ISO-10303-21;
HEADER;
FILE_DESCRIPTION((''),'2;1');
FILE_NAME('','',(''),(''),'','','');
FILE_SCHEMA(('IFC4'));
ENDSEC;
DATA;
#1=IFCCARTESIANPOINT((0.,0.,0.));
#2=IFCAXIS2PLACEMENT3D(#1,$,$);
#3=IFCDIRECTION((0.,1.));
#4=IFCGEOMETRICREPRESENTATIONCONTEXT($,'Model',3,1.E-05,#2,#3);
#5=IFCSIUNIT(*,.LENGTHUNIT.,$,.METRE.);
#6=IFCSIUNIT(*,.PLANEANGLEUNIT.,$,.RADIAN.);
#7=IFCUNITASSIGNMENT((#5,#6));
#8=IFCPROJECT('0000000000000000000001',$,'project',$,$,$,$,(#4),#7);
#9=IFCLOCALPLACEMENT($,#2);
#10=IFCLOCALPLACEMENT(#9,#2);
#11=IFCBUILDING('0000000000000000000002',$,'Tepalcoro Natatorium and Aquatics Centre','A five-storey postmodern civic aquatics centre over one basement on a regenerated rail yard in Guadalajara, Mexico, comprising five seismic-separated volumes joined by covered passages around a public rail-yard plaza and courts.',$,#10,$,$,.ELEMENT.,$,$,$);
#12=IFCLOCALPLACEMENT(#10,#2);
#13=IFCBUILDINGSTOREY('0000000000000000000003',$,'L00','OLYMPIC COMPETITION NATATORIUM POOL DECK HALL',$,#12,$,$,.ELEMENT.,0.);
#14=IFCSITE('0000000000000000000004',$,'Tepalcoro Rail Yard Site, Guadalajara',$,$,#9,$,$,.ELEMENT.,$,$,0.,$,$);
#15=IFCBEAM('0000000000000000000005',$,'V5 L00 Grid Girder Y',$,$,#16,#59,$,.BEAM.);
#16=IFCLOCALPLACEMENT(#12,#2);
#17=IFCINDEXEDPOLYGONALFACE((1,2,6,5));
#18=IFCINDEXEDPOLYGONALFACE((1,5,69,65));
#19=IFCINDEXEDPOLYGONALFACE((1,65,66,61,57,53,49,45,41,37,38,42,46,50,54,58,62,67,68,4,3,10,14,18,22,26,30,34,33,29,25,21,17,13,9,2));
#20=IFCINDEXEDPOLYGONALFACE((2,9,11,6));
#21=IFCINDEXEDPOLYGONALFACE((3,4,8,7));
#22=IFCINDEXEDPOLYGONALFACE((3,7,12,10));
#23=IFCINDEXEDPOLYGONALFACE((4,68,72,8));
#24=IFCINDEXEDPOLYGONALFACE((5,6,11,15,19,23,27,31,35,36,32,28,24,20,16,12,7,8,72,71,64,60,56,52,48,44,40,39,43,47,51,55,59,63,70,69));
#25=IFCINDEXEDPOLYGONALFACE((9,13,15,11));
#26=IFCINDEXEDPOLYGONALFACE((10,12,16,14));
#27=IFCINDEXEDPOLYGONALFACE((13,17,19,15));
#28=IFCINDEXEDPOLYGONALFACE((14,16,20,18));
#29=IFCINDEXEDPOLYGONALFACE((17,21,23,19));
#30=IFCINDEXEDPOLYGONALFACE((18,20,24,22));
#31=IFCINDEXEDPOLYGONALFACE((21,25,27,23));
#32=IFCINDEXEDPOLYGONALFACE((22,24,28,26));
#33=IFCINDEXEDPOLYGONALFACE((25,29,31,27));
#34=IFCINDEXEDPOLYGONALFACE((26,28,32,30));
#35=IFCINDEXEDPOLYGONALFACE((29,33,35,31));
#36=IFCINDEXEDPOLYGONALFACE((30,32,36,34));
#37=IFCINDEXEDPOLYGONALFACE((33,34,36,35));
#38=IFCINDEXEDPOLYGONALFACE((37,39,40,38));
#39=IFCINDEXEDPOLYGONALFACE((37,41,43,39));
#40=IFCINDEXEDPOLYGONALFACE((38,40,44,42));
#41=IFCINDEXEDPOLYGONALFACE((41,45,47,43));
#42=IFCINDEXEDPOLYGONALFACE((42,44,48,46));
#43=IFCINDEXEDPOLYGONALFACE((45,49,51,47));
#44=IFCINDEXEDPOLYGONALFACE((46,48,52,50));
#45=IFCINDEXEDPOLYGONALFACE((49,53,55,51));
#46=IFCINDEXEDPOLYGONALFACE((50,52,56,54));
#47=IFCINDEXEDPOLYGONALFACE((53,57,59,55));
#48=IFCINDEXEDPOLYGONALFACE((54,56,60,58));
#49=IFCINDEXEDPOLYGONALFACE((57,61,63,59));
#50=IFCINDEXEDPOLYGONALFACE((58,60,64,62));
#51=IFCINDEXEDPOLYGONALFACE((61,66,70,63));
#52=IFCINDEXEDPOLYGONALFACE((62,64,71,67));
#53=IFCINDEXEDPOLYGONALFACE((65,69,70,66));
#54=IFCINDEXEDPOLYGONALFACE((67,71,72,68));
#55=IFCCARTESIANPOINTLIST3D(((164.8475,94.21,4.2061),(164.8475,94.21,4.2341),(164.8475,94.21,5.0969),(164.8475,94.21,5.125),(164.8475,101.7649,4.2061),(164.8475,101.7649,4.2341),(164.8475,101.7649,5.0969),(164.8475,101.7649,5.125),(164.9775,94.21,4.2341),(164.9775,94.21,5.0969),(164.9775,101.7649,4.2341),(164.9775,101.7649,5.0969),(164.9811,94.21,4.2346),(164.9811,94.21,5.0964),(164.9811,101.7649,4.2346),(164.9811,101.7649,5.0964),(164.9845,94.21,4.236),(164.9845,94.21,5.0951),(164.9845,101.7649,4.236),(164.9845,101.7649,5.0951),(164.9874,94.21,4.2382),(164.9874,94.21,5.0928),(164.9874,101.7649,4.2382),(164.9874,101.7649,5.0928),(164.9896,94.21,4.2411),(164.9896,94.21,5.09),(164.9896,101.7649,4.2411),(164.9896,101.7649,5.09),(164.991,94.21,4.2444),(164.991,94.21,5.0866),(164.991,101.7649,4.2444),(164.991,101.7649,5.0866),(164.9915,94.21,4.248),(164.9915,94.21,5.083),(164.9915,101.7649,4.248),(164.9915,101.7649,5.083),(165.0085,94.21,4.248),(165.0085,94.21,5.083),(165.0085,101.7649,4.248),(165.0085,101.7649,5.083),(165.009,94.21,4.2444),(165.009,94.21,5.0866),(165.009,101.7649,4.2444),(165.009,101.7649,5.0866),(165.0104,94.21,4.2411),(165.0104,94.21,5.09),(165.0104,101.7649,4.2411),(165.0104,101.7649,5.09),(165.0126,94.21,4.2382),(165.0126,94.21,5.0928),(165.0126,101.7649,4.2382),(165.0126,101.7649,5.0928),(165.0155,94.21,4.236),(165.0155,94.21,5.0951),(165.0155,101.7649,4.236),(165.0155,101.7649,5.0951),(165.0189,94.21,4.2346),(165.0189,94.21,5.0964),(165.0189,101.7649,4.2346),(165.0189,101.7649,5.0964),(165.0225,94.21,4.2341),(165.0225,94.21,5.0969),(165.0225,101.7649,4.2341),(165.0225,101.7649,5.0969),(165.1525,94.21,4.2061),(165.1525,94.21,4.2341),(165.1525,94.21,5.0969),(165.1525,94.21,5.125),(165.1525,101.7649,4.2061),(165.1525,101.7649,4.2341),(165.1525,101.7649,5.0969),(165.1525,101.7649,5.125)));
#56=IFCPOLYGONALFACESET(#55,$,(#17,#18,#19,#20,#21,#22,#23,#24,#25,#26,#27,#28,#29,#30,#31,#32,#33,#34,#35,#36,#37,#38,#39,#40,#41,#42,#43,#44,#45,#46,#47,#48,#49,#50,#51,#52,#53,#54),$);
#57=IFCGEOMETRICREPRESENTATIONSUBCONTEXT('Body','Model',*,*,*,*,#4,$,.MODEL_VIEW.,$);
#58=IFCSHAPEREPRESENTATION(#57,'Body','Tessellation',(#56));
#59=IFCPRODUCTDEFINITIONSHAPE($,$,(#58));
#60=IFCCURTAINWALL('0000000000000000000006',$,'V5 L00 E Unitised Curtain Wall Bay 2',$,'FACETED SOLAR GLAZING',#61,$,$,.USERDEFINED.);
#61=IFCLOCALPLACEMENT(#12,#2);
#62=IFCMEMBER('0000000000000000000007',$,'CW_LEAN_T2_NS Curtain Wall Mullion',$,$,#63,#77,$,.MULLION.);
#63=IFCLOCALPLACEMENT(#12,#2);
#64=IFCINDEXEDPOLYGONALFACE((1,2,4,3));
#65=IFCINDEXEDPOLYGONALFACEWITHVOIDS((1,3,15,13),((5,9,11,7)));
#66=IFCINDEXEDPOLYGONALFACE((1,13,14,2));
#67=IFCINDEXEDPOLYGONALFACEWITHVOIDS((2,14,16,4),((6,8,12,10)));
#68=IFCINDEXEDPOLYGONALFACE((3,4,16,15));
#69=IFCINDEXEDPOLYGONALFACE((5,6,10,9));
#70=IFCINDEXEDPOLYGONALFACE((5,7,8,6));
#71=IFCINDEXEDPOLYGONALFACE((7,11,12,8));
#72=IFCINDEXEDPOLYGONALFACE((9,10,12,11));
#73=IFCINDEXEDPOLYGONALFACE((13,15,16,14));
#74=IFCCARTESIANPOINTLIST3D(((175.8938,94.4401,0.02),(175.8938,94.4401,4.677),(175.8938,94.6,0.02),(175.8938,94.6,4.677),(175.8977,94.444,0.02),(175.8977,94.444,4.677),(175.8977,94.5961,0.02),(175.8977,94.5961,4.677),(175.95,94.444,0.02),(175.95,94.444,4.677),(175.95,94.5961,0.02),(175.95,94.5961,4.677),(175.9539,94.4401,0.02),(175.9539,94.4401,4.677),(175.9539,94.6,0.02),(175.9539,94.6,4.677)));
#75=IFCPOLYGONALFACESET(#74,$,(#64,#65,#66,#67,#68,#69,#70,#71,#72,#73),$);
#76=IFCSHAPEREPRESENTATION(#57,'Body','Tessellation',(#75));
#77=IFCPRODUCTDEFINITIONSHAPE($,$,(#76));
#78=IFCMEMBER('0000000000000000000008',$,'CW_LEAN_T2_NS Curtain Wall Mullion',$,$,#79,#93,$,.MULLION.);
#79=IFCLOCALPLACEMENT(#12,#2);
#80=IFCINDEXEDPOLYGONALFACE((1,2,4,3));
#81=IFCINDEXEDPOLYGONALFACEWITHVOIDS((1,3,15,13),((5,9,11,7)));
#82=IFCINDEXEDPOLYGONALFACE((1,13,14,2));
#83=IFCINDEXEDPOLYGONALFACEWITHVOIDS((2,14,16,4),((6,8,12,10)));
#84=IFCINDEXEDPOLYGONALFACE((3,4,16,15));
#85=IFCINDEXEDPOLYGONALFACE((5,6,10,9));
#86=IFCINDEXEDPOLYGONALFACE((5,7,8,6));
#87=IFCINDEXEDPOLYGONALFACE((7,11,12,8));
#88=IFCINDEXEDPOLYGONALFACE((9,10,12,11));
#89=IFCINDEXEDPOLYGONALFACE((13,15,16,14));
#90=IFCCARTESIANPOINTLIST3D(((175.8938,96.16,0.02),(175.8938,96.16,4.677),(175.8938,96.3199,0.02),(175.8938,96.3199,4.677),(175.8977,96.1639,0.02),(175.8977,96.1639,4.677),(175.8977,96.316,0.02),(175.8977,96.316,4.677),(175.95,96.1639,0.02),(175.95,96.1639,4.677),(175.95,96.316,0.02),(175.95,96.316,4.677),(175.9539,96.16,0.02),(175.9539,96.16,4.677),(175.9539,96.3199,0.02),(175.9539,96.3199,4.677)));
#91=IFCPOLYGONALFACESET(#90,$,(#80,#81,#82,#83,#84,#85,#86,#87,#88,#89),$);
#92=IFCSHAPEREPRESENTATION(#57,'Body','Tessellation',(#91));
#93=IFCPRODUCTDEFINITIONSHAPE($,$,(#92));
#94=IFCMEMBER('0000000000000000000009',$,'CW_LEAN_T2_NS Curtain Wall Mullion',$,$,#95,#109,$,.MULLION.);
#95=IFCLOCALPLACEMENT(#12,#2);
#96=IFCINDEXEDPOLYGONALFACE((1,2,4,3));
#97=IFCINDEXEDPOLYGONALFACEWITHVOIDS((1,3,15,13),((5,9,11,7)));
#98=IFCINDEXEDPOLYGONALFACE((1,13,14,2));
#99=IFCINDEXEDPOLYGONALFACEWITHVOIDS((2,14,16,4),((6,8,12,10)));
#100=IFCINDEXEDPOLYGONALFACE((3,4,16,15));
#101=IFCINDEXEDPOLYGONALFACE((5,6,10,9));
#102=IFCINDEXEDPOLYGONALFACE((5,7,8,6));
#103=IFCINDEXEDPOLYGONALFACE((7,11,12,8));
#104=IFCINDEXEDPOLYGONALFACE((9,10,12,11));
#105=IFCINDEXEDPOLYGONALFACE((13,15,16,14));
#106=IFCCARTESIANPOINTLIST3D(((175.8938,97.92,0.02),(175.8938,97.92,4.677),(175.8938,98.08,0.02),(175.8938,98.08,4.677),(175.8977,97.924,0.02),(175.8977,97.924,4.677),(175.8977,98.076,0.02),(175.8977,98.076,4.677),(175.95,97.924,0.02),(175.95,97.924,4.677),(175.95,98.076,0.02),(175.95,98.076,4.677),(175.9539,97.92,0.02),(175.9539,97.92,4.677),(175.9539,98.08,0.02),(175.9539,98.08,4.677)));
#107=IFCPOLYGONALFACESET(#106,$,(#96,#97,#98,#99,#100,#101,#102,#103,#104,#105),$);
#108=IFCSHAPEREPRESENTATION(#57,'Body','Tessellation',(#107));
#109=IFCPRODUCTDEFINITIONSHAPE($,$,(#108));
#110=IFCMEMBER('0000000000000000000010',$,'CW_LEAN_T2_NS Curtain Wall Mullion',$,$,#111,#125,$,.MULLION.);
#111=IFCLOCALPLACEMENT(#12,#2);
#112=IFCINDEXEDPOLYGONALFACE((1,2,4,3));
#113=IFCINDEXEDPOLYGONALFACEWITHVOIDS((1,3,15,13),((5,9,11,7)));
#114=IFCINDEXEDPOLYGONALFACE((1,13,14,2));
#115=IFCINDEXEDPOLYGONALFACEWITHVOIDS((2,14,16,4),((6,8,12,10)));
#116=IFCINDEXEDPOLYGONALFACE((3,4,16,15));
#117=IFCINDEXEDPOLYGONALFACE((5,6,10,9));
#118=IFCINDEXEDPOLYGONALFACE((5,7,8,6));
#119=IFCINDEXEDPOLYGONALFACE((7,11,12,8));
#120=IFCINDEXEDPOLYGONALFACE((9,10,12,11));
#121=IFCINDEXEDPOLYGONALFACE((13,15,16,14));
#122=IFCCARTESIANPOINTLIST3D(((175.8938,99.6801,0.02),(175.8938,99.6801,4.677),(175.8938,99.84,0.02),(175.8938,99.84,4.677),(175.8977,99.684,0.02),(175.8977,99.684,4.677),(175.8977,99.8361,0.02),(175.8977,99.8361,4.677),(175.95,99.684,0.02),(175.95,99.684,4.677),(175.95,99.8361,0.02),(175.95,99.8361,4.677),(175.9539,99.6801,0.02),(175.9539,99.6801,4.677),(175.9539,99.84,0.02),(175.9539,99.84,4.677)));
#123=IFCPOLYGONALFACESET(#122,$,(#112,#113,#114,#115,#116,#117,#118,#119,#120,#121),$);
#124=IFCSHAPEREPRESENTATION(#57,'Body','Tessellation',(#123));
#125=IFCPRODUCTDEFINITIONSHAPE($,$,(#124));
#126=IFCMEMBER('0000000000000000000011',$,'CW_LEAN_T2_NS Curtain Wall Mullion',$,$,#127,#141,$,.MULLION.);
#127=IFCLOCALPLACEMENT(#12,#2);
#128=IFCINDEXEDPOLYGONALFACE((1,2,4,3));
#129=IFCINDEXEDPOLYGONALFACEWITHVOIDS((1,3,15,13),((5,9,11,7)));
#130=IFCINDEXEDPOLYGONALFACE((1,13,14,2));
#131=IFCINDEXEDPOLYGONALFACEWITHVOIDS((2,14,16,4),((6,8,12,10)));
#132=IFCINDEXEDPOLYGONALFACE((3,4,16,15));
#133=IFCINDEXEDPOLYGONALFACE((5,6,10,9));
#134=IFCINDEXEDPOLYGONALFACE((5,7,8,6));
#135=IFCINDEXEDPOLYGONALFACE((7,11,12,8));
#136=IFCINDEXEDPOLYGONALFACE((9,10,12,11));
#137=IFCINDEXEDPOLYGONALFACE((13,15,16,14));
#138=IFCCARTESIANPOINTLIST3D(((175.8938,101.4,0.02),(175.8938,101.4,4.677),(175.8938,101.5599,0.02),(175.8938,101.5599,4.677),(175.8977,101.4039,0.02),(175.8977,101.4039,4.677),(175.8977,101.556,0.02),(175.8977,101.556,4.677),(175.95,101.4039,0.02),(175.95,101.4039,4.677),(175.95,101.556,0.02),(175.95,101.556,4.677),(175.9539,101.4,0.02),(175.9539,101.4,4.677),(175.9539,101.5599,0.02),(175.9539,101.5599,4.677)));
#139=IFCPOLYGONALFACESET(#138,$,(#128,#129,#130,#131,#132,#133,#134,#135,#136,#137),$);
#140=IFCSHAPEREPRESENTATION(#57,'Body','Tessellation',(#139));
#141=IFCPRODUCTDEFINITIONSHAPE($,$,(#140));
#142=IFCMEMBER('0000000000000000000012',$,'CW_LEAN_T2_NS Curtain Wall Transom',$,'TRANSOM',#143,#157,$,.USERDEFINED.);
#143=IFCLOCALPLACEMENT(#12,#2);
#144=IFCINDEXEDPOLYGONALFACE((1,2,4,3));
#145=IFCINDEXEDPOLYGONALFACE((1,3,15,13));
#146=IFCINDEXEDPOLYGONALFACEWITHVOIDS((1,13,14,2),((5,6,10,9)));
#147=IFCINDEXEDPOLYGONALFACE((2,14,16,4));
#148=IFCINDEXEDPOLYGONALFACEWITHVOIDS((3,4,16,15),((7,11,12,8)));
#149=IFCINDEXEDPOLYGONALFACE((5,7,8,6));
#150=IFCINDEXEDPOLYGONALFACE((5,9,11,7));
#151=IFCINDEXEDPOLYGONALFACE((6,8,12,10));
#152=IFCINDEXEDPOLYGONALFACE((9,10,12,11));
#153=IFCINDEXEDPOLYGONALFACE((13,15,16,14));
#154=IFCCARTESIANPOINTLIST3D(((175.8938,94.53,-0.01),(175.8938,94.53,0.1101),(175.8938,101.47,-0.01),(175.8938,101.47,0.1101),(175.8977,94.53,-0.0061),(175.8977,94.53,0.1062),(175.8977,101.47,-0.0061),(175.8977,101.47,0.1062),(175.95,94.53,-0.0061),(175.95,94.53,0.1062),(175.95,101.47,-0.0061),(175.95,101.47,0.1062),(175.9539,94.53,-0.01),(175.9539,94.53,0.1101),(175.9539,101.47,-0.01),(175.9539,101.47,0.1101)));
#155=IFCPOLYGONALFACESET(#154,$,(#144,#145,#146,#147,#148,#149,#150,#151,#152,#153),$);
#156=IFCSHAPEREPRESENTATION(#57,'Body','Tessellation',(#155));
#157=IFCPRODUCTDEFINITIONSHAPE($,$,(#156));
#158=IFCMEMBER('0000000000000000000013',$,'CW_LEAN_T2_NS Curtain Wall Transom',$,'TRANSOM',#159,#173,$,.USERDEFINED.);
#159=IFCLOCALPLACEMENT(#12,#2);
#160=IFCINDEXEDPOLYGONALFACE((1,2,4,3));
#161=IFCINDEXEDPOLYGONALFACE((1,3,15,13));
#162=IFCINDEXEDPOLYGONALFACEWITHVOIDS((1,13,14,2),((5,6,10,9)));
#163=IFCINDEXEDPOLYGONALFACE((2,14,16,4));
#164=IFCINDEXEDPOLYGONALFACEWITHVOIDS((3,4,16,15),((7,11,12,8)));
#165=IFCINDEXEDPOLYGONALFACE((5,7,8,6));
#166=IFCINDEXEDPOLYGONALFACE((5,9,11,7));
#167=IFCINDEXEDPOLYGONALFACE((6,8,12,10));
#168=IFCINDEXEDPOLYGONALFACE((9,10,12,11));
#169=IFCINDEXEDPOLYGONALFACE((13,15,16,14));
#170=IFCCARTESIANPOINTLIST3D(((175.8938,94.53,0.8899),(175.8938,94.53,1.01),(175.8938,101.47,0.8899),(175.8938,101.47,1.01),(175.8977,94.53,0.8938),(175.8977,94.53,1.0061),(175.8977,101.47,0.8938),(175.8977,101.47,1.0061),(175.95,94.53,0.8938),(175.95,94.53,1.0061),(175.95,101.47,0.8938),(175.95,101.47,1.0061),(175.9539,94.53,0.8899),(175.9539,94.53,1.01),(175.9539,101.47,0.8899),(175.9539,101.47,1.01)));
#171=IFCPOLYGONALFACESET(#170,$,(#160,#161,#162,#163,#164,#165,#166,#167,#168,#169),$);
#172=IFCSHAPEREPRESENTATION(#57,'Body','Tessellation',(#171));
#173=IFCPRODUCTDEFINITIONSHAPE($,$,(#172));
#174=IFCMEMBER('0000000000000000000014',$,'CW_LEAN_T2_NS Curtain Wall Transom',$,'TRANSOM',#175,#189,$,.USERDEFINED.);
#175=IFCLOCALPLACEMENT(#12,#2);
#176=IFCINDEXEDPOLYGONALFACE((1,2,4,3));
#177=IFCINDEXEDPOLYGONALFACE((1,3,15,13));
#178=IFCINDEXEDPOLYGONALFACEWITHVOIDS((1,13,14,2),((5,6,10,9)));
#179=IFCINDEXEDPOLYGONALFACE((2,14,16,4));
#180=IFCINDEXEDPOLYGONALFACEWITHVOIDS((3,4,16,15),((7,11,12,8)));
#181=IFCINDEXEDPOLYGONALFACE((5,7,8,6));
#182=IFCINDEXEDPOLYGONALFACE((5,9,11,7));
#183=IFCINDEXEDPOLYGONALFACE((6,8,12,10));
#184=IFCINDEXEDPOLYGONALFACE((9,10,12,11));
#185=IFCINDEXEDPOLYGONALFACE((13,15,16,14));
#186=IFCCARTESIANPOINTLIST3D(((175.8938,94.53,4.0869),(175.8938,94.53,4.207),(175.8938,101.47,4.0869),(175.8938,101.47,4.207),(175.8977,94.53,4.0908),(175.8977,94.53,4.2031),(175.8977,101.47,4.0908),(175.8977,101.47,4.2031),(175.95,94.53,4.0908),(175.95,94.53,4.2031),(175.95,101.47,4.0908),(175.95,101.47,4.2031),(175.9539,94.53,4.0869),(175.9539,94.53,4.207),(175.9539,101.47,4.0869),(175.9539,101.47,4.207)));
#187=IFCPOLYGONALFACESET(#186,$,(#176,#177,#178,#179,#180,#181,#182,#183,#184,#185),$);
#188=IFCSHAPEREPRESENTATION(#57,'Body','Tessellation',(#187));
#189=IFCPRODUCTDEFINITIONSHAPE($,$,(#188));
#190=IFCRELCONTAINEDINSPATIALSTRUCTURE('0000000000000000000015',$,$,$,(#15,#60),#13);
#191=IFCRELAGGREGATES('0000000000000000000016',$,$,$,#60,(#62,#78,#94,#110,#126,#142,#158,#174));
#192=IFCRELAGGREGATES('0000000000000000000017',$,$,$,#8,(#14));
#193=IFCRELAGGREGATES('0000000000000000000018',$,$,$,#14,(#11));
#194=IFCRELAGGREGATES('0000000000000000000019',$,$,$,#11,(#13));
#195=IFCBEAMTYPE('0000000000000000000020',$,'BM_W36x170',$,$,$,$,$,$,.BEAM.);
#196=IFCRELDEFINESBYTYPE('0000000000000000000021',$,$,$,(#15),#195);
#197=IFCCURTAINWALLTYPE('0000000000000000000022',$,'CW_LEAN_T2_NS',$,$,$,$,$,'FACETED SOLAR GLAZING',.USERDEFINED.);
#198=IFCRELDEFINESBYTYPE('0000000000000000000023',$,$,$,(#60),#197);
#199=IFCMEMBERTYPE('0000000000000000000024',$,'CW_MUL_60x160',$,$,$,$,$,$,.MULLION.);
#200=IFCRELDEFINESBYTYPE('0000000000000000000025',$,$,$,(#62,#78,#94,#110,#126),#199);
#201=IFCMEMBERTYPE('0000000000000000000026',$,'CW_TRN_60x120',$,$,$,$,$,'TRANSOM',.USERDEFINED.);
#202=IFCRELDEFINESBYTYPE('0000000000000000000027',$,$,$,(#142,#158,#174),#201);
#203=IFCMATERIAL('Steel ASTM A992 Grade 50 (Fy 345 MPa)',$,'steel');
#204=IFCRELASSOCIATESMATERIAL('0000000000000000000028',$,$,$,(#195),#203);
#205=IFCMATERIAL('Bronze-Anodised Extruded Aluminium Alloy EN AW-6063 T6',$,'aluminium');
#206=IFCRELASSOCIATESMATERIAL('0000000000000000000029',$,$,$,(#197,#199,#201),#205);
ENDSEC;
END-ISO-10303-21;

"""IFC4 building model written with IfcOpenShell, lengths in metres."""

from ifc_helpers import new_model, si_unit, direction, frame, origin, origin_2d, place, context, subcontext, project, spatial, hollow_rectangle, i_section, extrude, material, material_profile, profile_set, type_object, element, aggregate, save


model = new_model("IFC4")

# Units and contexts
model_context = context("Model", 3, precision=1e-05, world=origin(), true_north=direction((0.0, 1.0)))
body_context = subcontext(model_context, "Body", "Model", "MODEL_VIEW")
ifc_project = project(units=[si_unit("LENGTHUNIT", "METRE"), si_unit("PLANEANGLEUNIT", "RADIAN")], contexts=[model_context])

# Site, building, storey
site_placement = place(None, origin())
site = spatial("IfcSite", under=ifc_project, at=site_placement, Name="Tepalcoro Rail Yard Site, Guadalajara", CompositionType="ELEMENT", RefElevation=0.0)
building_placement = place(site_placement, origin())
building = spatial("IfcBuilding", under=site, at=building_placement, Name="Tepalcoro Natatorium and Aquatics Centre", Description="A five-storey postmodern civic aquatics centre over one basement on a regenerated rail yard in Guadalajara, Mexico, comprising five seismic-separated volumes joined by covered passages around a public rail-yard plaza and courts.", CompositionType="ELEMENT")
storey_placement = place(building_placement, origin())
storey = spatial("IfcBuildingStorey", under=building, at=storey_placement, Name="L00", Description="OLYMPIC COMPETITION NATATORIUM POOL DECK HALL", CompositionType="ELEMENT", Elevation=0.0)

# Beam
ifc_material_1 = material(Name="Steel ASTM A992 Grade 50 (Fy 345 MPa)", Category="steel")
ifc_material_profile_1 = material_profile(ifc_material_1, i_section(OverallWidth=0.3049, OverallDepth=0.9189, WebThickness=0.0171, FlangeThickness=0.0281, FilletRadius=0.0139, at=origin_2d()), Name="W36X170")
ifc_profile_set_1 = profile_set([ifc_material_profile_1], Name="Steel ASTM A992 Grade 50 (Fy 345 MPa)")
beam_type_1 = type_object("IfcBeamType", Name="BM_W36x170", PredefinedType="BEAM", material=ifc_profile_set_1)
beam_1_placement = place(storey_placement, frame((165.0, 94.21, 4.6655), z_axis=(0.0, 1.0, 0.0), x_axis=(-1.0, 0.0, 0.0)))
element("IfcBeam", 1, at=beam_1_placement, inside=storey, type_object=beam_type_1, Name="V5 L00 Grid Girder Y", PredefinedType="BEAM", context=body_context, shape_type="SweptSolid", body=[
    extrude(i_section(OverallWidth=0.3049, OverallDepth=0.9189, WebThickness=0.0171, FlangeThickness=0.0281, FilletRadius=0.0139, at=origin_2d()), origin(), (0.0, 0.0, 1.0), 7.5549),
])

# Curtain wall, members
ifc_material_2 = material(Name="Bronze-Anodised Extruded Aluminium Alloy EN AW-6063 T6", Category="aluminium")
curtain_wall_type = type_object("IfcCurtainWallType", Name="CW_LEAN_T2_NS", ElementType="FACETED SOLAR GLAZING", PredefinedType="USERDEFINED", material=ifc_material_2)
curtain_wall_placement = place(storey_placement, origin())
curtain_wall = element("IfcCurtainWall", 2, at=curtain_wall_placement, inside=storey, type_object=curtain_wall_type, Name="V5 L00 E Unitised Curtain Wall Bay 2", ObjectType="FACETED SOLAR GLAZING", PredefinedType="USERDEFINED")
ifc_material_profile_2 = material_profile(ifc_material_2, hollow_rectangle(XDim=0.0601, YDim=0.1599, WallThickness=0.0039, at=origin_2d()), Name="AL60X160X4")
ifc_profile_set_2 = profile_set([ifc_material_profile_2], Name="Bronze-Anodised Extruded Aluminium Alloy EN AW-6063 T6")
member_type_1 = type_object("IfcMemberType", Name="CW_MUL_60x160", PredefinedType="MULLION", material=ifc_profile_set_2)
member_1_placement = place(storey_placement, frame((175.9238, 94.52, 0.02), z_axis=(0.0, 0.0, 1.0), x_axis=(1.0, 0.0, 0.0)))
member_1 = element("IfcMember", 3, at=member_1_placement, type_object=member_type_1, Name="CW_LEAN_T2_NS Curtain Wall Mullion", PredefinedType="MULLION", context=body_context, shape_type="SweptSolid", body=[
    extrude(hollow_rectangle(XDim=0.0601, YDim=0.1599, WallThickness=0.0039, at=origin_2d()), origin(), (0.0, 0.0, 1.0), 4.657),
])
member_2_placement = place(storey_placement, frame((175.9238, 96.24, 0.02), z_axis=(0.0, 0.0, 1.0), x_axis=(1.0, 0.0, 0.0)))
member_2 = element("IfcMember", 4, at=member_2_placement, type_object=member_type_1, Name="CW_LEAN_T2_NS Curtain Wall Mullion", PredefinedType="MULLION", context=body_context, shape_type="SweptSolid", body=[
    extrude(hollow_rectangle(XDim=0.0601, YDim=0.1599, WallThickness=0.0039, at=origin_2d()), origin(), (0.0, 0.0, 1.0), 4.657),
])
member_3_placement = place(storey_placement, frame((175.9238, 98.0, 0.02), z_axis=(0.0, 0.0, 1.0), x_axis=(1.0, 0.0, 0.0)))
member_3 = element("IfcMember", 5, at=member_3_placement, type_object=member_type_1, Name="CW_LEAN_T2_NS Curtain Wall Mullion", PredefinedType="MULLION", context=body_context, shape_type="SweptSolid", body=[
    extrude(hollow_rectangle(XDim=0.0601, YDim=0.1599, WallThickness=0.0039, at=origin_2d()), origin(), (0.0, 0.0, 1.0), 4.657),
])
member_4_placement = place(storey_placement, frame((175.9238, 99.76, 0.02), z_axis=(0.0, 0.0, 1.0), x_axis=(1.0, 0.0, 0.0)))
member_4 = element("IfcMember", 6, at=member_4_placement, type_object=member_type_1, Name="CW_LEAN_T2_NS Curtain Wall Mullion", PredefinedType="MULLION", context=body_context, shape_type="SweptSolid", body=[
    extrude(hollow_rectangle(XDim=0.0601, YDim=0.1599, WallThickness=0.0039, at=origin_2d()), origin(), (0.0, 0.0, 1.0), 4.657),
])
member_5_placement = place(storey_placement, frame((175.9238, 101.48, 0.02), z_axis=(0.0, 0.0, 1.0), x_axis=(1.0, 0.0, 0.0)))
member_5 = element("IfcMember", 7, at=member_5_placement, type_object=member_type_1, Name="CW_LEAN_T2_NS Curtain Wall Mullion", PredefinedType="MULLION", context=body_context, shape_type="SweptSolid", body=[
    extrude(hollow_rectangle(XDim=0.0601, YDim=0.1599, WallThickness=0.0039, at=origin_2d()), origin(), (0.0, 0.0, 1.0), 4.657),
])
ifc_material_profile_3 = material_profile(ifc_material_2, hollow_rectangle(XDim=0.0601, YDim=0.1201, WallThickness=0.0039, at=origin_2d()), Name="AL60X120X4")
ifc_profile_set_3 = profile_set([ifc_material_profile_3], Name="Bronze-Anodised Extruded Aluminium Alloy EN AW-6063 T6")
member_type_2 = type_object("IfcMemberType", Name="CW_TRN_60x120", ElementType="TRANSOM", PredefinedType="USERDEFINED", material=ifc_profile_set_3)
member_6_placement = place(storey_placement, frame((175.9238, 94.53, 0.05), z_axis=(0.0, 1.0, 0.0), x_axis=(-1.0, 0.0, 0.0)))
member_6 = element("IfcMember", 8, at=member_6_placement, type_object=member_type_2, Name="CW_LEAN_T2_NS Curtain Wall Transom", ObjectType="TRANSOM", PredefinedType="USERDEFINED", context=body_context, shape_type="SweptSolid", body=[
    extrude(hollow_rectangle(XDim=0.0601, YDim=0.1201, WallThickness=0.0039, at=origin_2d()), origin(), (0.0, 0.0, 1.0), 6.9399),
])
member_7_placement = place(storey_placement, frame((175.9238, 94.53, 0.95), z_axis=(0.0, 1.0, 0.0), x_axis=(-1.0, 0.0, 0.0)))
member_7 = element("IfcMember", 9, at=member_7_placement, type_object=member_type_2, Name="CW_LEAN_T2_NS Curtain Wall Transom", ObjectType="TRANSOM", PredefinedType="USERDEFINED", context=body_context, shape_type="SweptSolid", body=[
    extrude(hollow_rectangle(XDim=0.0601, YDim=0.1201, WallThickness=0.0039, at=origin_2d()), origin(), (0.0, 0.0, 1.0), 6.9399),
])
member_8_placement = place(storey_placement, frame((175.9238, 94.53, 4.147), z_axis=(0.0, 1.0, 0.0), x_axis=(-1.0, 0.0, 0.0)))
member_8 = element("IfcMember", 10, at=member_8_placement, type_object=member_type_2, Name="CW_LEAN_T2_NS Curtain Wall Transom", ObjectType="TRANSOM", PredefinedType="USERDEFINED", context=body_context, shape_type="SweptSolid", body=[
    extrude(hollow_rectangle(XDim=0.0601, YDim=0.1201, WallThickness=0.0039, at=origin_2d()), origin(), (0.0, 0.0, 1.0), 6.9399),
])

aggregate(curtain_wall, [member_1, member_2, member_3, member_4, member_5, member_6, member_7, member_8])

save(model, "model.ifc")
